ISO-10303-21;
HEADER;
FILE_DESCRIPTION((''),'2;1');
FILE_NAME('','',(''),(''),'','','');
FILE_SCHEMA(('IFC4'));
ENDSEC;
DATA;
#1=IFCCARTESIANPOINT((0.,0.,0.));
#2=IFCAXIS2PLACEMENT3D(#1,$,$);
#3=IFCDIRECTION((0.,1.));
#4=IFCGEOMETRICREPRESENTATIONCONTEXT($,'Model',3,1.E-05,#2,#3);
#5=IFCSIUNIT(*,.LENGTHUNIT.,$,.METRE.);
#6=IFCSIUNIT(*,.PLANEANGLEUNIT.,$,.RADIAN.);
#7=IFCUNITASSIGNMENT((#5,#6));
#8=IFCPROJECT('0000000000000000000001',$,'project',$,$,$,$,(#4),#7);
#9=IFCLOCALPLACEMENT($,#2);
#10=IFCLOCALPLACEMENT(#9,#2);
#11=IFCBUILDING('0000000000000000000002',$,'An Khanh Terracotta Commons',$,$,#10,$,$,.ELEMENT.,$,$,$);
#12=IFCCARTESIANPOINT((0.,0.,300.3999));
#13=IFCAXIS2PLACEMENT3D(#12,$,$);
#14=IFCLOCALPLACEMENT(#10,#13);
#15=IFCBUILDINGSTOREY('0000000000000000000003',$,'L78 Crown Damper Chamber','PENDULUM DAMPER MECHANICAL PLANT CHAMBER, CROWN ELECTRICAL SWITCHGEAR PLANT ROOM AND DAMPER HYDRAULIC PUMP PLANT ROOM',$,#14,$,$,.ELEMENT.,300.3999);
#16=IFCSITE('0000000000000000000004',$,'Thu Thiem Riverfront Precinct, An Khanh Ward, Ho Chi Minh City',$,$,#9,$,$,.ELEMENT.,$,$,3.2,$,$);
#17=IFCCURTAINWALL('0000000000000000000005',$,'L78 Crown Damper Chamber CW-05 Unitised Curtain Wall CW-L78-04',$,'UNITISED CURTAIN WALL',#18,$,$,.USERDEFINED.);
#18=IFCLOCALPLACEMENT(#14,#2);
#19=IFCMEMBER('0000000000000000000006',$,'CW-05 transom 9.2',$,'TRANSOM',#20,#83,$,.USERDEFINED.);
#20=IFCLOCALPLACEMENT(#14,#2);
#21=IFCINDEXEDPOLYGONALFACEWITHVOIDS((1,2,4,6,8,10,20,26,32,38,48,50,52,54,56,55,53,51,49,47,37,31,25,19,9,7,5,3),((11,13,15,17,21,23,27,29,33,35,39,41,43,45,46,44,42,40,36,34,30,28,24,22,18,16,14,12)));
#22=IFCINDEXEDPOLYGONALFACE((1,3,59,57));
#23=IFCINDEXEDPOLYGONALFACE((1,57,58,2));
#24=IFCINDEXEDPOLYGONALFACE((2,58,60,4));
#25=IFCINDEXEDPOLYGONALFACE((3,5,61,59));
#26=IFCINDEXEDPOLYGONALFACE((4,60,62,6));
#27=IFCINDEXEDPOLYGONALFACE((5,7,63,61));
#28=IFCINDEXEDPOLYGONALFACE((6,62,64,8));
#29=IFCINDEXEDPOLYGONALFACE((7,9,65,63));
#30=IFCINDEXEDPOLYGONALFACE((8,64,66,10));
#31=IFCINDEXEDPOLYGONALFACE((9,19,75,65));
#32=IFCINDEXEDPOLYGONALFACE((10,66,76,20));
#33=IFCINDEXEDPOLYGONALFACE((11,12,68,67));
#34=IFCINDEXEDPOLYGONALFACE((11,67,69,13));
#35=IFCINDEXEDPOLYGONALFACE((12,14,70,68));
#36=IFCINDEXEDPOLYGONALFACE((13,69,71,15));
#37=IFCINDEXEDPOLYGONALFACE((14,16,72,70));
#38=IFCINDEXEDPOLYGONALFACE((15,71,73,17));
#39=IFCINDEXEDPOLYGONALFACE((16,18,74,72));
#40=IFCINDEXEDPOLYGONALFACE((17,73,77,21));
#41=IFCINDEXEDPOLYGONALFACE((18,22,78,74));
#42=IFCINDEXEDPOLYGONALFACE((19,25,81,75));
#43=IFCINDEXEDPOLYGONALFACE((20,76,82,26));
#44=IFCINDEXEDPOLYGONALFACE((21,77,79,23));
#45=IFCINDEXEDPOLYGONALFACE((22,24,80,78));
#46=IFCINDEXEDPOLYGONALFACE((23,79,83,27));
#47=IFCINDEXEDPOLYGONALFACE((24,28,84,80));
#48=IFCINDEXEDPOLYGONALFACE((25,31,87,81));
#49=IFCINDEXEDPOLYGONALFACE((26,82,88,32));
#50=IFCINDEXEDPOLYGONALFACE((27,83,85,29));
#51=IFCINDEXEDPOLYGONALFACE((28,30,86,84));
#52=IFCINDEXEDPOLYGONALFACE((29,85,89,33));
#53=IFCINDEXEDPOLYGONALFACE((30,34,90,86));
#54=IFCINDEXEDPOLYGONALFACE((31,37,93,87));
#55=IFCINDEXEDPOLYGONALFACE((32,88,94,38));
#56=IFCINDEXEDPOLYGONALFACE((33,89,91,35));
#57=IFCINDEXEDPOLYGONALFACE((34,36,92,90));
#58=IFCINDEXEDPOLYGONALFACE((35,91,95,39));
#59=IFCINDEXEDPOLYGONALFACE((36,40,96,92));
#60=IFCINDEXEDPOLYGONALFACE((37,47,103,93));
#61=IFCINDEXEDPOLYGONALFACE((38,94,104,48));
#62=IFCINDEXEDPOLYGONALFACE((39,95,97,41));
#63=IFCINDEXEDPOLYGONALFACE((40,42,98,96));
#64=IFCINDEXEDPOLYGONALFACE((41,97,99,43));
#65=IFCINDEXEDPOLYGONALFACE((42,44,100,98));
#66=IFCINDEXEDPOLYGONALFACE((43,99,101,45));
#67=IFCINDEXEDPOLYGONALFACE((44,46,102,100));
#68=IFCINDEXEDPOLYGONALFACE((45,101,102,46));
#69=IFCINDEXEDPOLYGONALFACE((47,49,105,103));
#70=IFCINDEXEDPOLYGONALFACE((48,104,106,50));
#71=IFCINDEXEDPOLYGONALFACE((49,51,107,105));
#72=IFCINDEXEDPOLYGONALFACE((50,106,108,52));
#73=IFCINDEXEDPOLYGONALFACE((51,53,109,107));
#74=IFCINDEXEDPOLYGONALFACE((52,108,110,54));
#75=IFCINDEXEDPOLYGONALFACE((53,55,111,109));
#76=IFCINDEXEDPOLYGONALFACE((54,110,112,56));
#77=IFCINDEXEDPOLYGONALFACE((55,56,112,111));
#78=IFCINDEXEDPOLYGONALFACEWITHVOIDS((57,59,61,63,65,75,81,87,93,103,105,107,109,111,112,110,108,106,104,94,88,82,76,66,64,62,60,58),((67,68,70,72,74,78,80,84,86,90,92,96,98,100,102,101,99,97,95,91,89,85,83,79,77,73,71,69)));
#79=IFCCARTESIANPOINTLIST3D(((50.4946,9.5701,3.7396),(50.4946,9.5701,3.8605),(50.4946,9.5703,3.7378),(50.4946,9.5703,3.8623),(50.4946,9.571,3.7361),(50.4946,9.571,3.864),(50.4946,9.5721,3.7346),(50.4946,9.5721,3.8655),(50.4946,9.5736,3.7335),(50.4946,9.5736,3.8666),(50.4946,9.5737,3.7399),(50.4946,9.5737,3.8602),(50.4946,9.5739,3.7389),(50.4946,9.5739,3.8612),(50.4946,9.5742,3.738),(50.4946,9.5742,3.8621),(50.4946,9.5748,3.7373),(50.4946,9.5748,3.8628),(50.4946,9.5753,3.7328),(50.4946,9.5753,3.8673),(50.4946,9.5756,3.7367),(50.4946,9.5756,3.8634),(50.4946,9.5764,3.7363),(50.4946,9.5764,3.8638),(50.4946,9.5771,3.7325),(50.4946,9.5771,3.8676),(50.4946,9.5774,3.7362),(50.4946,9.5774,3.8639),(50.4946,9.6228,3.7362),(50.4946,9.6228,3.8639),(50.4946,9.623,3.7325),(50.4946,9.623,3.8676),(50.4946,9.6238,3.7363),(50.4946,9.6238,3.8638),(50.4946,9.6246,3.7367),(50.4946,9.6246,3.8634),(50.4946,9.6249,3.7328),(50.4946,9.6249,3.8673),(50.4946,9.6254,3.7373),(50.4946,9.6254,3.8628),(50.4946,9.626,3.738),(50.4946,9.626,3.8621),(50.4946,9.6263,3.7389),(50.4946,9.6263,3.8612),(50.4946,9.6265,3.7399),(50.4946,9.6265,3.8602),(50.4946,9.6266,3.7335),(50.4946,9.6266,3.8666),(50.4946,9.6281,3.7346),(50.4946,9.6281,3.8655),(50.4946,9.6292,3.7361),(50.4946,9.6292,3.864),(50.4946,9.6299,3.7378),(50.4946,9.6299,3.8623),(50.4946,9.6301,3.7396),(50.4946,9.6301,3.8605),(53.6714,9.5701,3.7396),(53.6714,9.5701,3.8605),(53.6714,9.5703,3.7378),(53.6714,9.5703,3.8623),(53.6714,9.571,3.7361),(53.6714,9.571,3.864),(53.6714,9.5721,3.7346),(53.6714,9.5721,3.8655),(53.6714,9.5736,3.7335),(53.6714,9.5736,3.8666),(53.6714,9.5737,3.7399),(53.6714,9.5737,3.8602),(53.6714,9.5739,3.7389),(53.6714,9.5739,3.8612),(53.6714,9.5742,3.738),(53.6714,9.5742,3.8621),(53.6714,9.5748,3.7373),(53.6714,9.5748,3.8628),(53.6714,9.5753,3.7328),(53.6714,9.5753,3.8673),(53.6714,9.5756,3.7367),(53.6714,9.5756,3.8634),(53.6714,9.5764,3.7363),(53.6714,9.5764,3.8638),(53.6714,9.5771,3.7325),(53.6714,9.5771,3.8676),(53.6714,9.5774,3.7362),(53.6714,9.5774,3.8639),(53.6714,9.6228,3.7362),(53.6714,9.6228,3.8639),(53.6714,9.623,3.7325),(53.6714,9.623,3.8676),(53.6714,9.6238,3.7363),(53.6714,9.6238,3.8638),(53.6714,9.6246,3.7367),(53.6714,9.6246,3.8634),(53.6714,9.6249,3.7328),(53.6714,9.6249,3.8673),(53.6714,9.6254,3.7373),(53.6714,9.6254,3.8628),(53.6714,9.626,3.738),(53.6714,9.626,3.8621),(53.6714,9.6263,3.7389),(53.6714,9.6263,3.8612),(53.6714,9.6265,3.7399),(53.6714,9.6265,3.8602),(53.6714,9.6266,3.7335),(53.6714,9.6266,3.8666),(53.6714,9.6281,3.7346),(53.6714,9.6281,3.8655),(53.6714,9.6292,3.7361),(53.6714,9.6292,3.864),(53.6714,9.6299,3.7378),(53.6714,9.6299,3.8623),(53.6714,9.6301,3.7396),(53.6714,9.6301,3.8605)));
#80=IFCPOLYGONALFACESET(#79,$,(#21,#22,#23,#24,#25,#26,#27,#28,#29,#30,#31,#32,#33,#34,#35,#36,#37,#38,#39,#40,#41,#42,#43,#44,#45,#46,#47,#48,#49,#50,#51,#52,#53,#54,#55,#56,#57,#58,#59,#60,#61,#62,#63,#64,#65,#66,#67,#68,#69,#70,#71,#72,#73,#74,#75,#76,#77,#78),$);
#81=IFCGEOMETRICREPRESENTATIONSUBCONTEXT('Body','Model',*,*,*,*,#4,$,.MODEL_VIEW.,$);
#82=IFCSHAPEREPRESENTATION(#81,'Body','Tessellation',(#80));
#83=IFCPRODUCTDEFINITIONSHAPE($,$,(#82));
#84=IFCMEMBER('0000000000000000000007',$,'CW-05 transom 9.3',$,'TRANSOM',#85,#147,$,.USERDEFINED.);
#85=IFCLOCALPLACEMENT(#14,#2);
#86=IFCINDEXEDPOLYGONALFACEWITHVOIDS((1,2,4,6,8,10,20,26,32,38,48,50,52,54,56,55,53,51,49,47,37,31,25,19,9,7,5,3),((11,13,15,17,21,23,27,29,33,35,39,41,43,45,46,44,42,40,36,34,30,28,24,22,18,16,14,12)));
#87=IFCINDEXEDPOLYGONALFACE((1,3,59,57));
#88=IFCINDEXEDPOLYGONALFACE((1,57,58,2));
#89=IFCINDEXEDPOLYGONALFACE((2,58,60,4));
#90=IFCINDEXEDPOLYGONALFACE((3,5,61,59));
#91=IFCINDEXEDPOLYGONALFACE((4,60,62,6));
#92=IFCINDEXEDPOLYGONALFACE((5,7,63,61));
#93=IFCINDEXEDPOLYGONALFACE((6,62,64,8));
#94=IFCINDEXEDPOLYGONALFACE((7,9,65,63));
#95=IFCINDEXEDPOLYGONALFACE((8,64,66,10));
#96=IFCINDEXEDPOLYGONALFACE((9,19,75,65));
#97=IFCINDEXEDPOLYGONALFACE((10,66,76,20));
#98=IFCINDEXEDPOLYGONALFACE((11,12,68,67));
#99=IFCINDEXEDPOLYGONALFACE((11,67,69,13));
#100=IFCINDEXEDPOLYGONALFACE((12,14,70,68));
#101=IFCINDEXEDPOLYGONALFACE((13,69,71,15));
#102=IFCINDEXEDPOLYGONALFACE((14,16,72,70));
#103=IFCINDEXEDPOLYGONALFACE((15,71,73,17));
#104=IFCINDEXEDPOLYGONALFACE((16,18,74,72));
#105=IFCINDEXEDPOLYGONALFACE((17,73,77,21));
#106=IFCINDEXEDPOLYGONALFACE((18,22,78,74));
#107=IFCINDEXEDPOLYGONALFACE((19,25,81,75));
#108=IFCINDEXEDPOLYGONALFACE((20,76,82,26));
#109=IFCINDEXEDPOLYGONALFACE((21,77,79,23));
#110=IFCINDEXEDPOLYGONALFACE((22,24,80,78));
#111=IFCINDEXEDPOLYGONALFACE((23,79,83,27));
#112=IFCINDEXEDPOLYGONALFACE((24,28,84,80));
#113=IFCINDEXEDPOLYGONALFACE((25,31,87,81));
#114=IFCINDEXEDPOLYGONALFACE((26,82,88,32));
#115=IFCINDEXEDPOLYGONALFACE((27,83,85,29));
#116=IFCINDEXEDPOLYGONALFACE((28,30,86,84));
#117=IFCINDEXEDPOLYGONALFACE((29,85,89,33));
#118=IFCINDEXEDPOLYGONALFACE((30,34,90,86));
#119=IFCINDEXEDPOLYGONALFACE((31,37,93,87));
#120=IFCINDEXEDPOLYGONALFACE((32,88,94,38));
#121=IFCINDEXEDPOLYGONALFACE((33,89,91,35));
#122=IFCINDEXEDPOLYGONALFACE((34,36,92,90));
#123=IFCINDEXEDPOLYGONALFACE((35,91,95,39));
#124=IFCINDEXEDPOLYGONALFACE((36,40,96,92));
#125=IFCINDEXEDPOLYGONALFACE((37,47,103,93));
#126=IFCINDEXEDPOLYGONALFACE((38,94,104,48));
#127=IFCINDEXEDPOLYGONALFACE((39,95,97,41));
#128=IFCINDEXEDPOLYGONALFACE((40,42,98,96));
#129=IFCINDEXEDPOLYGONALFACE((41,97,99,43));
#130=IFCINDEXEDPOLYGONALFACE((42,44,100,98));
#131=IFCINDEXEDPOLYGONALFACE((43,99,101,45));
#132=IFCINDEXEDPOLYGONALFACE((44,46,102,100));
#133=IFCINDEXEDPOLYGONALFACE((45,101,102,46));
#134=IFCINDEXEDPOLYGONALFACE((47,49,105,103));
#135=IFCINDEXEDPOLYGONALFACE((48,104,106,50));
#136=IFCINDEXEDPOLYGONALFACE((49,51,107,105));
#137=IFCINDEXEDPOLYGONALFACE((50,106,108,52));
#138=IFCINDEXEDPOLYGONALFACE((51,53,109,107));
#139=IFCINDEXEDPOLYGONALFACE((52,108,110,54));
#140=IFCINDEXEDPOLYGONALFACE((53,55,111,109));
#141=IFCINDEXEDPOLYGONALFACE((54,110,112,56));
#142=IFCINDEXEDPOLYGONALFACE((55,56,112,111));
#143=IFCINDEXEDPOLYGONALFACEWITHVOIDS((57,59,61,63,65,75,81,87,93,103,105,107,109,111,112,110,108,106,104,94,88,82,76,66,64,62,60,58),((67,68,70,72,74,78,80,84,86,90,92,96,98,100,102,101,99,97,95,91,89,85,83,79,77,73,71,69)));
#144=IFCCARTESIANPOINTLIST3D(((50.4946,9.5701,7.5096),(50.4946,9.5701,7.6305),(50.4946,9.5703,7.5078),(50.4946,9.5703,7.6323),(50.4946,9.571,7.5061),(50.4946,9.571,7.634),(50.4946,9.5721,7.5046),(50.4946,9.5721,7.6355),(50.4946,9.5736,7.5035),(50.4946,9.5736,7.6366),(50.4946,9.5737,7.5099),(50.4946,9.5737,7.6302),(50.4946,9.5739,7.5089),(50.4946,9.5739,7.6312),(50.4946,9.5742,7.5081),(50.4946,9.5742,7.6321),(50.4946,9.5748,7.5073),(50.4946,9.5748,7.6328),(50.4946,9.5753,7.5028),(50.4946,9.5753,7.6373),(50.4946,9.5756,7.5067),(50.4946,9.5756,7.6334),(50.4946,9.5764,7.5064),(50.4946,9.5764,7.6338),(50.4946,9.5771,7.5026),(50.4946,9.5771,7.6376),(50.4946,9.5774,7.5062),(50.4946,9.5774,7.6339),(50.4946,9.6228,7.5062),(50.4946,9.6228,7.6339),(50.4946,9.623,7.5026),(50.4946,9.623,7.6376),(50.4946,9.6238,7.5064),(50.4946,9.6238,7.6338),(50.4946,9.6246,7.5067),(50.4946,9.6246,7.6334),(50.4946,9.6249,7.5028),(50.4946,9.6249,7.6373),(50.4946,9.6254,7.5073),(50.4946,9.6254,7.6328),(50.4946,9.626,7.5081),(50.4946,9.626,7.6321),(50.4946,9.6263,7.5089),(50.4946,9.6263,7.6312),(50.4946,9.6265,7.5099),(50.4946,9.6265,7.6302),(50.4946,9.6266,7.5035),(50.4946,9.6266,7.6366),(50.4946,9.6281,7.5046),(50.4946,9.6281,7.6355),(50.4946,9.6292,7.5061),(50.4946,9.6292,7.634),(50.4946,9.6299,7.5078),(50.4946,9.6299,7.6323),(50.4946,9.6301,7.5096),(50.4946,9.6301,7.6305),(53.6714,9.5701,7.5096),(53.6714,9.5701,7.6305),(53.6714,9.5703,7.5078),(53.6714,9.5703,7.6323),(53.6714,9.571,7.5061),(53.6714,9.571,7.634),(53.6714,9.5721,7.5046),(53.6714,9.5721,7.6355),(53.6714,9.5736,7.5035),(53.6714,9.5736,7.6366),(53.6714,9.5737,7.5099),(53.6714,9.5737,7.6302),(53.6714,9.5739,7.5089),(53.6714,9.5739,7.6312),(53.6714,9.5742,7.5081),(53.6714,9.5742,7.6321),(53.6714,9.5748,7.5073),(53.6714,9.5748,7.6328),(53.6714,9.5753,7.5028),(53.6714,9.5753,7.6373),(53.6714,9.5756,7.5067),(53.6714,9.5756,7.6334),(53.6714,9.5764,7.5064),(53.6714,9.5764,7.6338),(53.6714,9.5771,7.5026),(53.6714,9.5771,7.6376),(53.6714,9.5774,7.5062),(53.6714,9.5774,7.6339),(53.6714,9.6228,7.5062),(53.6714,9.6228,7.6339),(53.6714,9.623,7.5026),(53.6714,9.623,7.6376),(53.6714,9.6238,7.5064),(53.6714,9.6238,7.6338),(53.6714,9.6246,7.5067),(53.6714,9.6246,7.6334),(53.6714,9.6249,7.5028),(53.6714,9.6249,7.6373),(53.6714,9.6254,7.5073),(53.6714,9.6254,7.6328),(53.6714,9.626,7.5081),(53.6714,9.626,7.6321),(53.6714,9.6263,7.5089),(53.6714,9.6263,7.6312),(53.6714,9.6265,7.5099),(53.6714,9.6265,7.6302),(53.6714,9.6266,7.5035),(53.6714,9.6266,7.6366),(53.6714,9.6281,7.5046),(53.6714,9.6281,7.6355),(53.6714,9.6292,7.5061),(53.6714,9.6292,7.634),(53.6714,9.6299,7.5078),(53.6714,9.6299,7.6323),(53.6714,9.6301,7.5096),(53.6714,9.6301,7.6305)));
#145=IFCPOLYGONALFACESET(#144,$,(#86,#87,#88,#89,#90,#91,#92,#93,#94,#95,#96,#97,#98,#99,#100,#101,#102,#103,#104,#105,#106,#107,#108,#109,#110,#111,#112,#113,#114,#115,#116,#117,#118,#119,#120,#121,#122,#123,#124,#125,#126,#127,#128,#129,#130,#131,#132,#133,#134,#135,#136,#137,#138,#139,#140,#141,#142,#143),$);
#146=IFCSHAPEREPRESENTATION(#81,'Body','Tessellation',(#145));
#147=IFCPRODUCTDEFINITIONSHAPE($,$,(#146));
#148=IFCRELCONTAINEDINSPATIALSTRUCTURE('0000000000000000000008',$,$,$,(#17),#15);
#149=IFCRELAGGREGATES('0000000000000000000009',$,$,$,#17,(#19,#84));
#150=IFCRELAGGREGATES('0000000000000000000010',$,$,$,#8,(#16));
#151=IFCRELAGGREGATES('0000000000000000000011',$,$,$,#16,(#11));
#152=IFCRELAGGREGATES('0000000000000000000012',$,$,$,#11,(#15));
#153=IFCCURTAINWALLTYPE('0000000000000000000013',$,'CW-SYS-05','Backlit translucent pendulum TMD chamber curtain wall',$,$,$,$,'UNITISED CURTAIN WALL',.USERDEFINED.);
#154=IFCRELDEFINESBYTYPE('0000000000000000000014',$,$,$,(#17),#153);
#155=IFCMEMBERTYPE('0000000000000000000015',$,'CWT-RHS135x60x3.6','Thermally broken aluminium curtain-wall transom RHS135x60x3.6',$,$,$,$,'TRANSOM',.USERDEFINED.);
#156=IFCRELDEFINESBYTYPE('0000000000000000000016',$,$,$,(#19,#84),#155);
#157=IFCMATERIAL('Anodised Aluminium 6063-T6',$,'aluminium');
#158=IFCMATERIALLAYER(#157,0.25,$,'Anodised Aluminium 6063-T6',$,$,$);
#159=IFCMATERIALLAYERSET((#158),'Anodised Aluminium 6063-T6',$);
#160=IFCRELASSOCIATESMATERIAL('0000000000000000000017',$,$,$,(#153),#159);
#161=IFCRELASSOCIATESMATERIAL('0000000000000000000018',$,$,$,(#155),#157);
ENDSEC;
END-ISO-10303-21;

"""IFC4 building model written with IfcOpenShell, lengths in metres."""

from ifc_helpers import new_model, si_unit, direction, frame, origin, origin_2d, place, context, subcontext, project, spatial, hollow_rectangle, extrude, material, layer, layer_set, material_profile, profile_set, type_object, element, aggregate, save


model = new_model("IFC4")

# Units and contexts
model_context = context("Model", 3, precision=1e-05, world=origin(), true_north=direction((0.0, 1.0)))
body_context = subcontext(model_context, "Body", "Model", "MODEL_VIEW")
ifc_project = project(units=[si_unit("LENGTHUNIT", "METRE"), si_unit("PLANEANGLEUNIT", "RADIAN")], contexts=[model_context])

# Site, building, storey
site_placement = place(None, origin())
site = spatial("IfcSite", under=ifc_project, at=site_placement, Name="Thu Thiem Riverfront Precinct, An Khanh Ward, Ho Chi Minh City", CompositionType="ELEMENT", RefElevation=3.2)
building_placement = place(site_placement, origin())
building = spatial("IfcBuilding", under=site, at=building_placement, Name="An Khanh Terracotta Commons", CompositionType="ELEMENT")
storey_placement = place(building_placement, frame((0.0, 0.0, 300.3999)))
storey = spatial("IfcBuildingStorey", under=building, at=storey_placement, Name="L78 Crown Damper Chamber", Description="PENDULUM DAMPER MECHANICAL PLANT CHAMBER, CROWN ELECTRICAL SWITCHGEAR PLANT ROOM AND DAMPER HYDRAULIC PUMP PLANT ROOM", CompositionType="ELEMENT", Elevation=300.3999)

# Curtain wall, members
ifc_material_1 = material(Name="Anodised Aluminium 6063-T6", Category="aluminium")
ifc_layer_1 = layer(ifc_material_1, 0.25, Name="Anodised Aluminium 6063-T6")
ifc_layer_set_1 = layer_set([ifc_layer_1], Name="Anodised Aluminium 6063-T6")
curtain_wall_type = type_object("IfcCurtainWallType", Name="CW-SYS-05", Description="Backlit translucent pendulum TMD chamber curtain wall", ElementType="UNITISED CURTAIN WALL", PredefinedType="USERDEFINED", material=ifc_layer_set_1)
curtain_wall_placement = place(storey_placement, origin())
curtain_wall = element("IfcCurtainWall", 1, at=curtain_wall_placement, inside=storey, type_object=curtain_wall_type, Name="L78 Crown Damper Chamber CW-05 Unitised Curtain Wall CW-L78-04", ObjectType="UNITISED CURTAIN WALL", PredefinedType="USERDEFINED")
ifc_material_profile_1 = material_profile(ifc_material_1, hollow_rectangle(XDim=0.0601, YDim=0.135, WallThickness=0.0037, InnerFilletRadius=0.0037, OuterFilletRadius=0.0071, at=origin_2d()), Name="RHS135x60x3.6")
ifc_profile_set_1 = profile_set([ifc_material_profile_1], Name="Anodised Aluminium 6063-T6")
member_type_1 = type_object("IfcMemberType", Name="CWT-RHS135x60x3.6", Description="Thermally broken aluminium curtain-wall transom RHS135x60x3.6", ElementType="TRANSOM", PredefinedType="USERDEFINED", material=ifc_profile_set_1)
member_1_placement = place(storey_placement, frame((50.4946, 9.6001, 3.8), z_axis=(1.0, 0.0, 0.0), x_axis=(0.0, 1.0, 0.0)))
member_1 = element("IfcMember", 2, at=member_1_placement, type_object=member_type_1, Name="CW-05 transom 9.2", ObjectType="TRANSOM", PredefinedType="USERDEFINED", context=body_context, shape_type="SweptSolid", body=[
    extrude(hollow_rectangle(XDim=0.0601, YDim=0.135, WallThickness=0.0037, InnerFilletRadius=0.0037, OuterFilletRadius=0.0071, at=origin_2d()), origin(), (0.0, 0.0, 1.0), 3.1768),
])
member_2_placement = place(storey_placement, frame((50.4946, 9.6001, 7.5701), z_axis=(1.0, 0.0, 0.0), x_axis=(0.0, 1.0, 0.0)))
member_2 = element("IfcMember", 3, at=member_2_placement, type_object=member_type_1, Name="CW-05 transom 9.3", ObjectType="TRANSOM", PredefinedType="USERDEFINED", context=body_context, shape_type="SweptSolid", body=[
    extrude(hollow_rectangle(XDim=0.0601, YDim=0.135, WallThickness=0.0037, InnerFilletRadius=0.0037, OuterFilletRadius=0.0071, at=origin_2d()), origin(), (0.0, 0.0, 1.0), 3.1768),
])

aggregate(curtain_wall, [member_1, member_2])

save(model, "model.ifc")
